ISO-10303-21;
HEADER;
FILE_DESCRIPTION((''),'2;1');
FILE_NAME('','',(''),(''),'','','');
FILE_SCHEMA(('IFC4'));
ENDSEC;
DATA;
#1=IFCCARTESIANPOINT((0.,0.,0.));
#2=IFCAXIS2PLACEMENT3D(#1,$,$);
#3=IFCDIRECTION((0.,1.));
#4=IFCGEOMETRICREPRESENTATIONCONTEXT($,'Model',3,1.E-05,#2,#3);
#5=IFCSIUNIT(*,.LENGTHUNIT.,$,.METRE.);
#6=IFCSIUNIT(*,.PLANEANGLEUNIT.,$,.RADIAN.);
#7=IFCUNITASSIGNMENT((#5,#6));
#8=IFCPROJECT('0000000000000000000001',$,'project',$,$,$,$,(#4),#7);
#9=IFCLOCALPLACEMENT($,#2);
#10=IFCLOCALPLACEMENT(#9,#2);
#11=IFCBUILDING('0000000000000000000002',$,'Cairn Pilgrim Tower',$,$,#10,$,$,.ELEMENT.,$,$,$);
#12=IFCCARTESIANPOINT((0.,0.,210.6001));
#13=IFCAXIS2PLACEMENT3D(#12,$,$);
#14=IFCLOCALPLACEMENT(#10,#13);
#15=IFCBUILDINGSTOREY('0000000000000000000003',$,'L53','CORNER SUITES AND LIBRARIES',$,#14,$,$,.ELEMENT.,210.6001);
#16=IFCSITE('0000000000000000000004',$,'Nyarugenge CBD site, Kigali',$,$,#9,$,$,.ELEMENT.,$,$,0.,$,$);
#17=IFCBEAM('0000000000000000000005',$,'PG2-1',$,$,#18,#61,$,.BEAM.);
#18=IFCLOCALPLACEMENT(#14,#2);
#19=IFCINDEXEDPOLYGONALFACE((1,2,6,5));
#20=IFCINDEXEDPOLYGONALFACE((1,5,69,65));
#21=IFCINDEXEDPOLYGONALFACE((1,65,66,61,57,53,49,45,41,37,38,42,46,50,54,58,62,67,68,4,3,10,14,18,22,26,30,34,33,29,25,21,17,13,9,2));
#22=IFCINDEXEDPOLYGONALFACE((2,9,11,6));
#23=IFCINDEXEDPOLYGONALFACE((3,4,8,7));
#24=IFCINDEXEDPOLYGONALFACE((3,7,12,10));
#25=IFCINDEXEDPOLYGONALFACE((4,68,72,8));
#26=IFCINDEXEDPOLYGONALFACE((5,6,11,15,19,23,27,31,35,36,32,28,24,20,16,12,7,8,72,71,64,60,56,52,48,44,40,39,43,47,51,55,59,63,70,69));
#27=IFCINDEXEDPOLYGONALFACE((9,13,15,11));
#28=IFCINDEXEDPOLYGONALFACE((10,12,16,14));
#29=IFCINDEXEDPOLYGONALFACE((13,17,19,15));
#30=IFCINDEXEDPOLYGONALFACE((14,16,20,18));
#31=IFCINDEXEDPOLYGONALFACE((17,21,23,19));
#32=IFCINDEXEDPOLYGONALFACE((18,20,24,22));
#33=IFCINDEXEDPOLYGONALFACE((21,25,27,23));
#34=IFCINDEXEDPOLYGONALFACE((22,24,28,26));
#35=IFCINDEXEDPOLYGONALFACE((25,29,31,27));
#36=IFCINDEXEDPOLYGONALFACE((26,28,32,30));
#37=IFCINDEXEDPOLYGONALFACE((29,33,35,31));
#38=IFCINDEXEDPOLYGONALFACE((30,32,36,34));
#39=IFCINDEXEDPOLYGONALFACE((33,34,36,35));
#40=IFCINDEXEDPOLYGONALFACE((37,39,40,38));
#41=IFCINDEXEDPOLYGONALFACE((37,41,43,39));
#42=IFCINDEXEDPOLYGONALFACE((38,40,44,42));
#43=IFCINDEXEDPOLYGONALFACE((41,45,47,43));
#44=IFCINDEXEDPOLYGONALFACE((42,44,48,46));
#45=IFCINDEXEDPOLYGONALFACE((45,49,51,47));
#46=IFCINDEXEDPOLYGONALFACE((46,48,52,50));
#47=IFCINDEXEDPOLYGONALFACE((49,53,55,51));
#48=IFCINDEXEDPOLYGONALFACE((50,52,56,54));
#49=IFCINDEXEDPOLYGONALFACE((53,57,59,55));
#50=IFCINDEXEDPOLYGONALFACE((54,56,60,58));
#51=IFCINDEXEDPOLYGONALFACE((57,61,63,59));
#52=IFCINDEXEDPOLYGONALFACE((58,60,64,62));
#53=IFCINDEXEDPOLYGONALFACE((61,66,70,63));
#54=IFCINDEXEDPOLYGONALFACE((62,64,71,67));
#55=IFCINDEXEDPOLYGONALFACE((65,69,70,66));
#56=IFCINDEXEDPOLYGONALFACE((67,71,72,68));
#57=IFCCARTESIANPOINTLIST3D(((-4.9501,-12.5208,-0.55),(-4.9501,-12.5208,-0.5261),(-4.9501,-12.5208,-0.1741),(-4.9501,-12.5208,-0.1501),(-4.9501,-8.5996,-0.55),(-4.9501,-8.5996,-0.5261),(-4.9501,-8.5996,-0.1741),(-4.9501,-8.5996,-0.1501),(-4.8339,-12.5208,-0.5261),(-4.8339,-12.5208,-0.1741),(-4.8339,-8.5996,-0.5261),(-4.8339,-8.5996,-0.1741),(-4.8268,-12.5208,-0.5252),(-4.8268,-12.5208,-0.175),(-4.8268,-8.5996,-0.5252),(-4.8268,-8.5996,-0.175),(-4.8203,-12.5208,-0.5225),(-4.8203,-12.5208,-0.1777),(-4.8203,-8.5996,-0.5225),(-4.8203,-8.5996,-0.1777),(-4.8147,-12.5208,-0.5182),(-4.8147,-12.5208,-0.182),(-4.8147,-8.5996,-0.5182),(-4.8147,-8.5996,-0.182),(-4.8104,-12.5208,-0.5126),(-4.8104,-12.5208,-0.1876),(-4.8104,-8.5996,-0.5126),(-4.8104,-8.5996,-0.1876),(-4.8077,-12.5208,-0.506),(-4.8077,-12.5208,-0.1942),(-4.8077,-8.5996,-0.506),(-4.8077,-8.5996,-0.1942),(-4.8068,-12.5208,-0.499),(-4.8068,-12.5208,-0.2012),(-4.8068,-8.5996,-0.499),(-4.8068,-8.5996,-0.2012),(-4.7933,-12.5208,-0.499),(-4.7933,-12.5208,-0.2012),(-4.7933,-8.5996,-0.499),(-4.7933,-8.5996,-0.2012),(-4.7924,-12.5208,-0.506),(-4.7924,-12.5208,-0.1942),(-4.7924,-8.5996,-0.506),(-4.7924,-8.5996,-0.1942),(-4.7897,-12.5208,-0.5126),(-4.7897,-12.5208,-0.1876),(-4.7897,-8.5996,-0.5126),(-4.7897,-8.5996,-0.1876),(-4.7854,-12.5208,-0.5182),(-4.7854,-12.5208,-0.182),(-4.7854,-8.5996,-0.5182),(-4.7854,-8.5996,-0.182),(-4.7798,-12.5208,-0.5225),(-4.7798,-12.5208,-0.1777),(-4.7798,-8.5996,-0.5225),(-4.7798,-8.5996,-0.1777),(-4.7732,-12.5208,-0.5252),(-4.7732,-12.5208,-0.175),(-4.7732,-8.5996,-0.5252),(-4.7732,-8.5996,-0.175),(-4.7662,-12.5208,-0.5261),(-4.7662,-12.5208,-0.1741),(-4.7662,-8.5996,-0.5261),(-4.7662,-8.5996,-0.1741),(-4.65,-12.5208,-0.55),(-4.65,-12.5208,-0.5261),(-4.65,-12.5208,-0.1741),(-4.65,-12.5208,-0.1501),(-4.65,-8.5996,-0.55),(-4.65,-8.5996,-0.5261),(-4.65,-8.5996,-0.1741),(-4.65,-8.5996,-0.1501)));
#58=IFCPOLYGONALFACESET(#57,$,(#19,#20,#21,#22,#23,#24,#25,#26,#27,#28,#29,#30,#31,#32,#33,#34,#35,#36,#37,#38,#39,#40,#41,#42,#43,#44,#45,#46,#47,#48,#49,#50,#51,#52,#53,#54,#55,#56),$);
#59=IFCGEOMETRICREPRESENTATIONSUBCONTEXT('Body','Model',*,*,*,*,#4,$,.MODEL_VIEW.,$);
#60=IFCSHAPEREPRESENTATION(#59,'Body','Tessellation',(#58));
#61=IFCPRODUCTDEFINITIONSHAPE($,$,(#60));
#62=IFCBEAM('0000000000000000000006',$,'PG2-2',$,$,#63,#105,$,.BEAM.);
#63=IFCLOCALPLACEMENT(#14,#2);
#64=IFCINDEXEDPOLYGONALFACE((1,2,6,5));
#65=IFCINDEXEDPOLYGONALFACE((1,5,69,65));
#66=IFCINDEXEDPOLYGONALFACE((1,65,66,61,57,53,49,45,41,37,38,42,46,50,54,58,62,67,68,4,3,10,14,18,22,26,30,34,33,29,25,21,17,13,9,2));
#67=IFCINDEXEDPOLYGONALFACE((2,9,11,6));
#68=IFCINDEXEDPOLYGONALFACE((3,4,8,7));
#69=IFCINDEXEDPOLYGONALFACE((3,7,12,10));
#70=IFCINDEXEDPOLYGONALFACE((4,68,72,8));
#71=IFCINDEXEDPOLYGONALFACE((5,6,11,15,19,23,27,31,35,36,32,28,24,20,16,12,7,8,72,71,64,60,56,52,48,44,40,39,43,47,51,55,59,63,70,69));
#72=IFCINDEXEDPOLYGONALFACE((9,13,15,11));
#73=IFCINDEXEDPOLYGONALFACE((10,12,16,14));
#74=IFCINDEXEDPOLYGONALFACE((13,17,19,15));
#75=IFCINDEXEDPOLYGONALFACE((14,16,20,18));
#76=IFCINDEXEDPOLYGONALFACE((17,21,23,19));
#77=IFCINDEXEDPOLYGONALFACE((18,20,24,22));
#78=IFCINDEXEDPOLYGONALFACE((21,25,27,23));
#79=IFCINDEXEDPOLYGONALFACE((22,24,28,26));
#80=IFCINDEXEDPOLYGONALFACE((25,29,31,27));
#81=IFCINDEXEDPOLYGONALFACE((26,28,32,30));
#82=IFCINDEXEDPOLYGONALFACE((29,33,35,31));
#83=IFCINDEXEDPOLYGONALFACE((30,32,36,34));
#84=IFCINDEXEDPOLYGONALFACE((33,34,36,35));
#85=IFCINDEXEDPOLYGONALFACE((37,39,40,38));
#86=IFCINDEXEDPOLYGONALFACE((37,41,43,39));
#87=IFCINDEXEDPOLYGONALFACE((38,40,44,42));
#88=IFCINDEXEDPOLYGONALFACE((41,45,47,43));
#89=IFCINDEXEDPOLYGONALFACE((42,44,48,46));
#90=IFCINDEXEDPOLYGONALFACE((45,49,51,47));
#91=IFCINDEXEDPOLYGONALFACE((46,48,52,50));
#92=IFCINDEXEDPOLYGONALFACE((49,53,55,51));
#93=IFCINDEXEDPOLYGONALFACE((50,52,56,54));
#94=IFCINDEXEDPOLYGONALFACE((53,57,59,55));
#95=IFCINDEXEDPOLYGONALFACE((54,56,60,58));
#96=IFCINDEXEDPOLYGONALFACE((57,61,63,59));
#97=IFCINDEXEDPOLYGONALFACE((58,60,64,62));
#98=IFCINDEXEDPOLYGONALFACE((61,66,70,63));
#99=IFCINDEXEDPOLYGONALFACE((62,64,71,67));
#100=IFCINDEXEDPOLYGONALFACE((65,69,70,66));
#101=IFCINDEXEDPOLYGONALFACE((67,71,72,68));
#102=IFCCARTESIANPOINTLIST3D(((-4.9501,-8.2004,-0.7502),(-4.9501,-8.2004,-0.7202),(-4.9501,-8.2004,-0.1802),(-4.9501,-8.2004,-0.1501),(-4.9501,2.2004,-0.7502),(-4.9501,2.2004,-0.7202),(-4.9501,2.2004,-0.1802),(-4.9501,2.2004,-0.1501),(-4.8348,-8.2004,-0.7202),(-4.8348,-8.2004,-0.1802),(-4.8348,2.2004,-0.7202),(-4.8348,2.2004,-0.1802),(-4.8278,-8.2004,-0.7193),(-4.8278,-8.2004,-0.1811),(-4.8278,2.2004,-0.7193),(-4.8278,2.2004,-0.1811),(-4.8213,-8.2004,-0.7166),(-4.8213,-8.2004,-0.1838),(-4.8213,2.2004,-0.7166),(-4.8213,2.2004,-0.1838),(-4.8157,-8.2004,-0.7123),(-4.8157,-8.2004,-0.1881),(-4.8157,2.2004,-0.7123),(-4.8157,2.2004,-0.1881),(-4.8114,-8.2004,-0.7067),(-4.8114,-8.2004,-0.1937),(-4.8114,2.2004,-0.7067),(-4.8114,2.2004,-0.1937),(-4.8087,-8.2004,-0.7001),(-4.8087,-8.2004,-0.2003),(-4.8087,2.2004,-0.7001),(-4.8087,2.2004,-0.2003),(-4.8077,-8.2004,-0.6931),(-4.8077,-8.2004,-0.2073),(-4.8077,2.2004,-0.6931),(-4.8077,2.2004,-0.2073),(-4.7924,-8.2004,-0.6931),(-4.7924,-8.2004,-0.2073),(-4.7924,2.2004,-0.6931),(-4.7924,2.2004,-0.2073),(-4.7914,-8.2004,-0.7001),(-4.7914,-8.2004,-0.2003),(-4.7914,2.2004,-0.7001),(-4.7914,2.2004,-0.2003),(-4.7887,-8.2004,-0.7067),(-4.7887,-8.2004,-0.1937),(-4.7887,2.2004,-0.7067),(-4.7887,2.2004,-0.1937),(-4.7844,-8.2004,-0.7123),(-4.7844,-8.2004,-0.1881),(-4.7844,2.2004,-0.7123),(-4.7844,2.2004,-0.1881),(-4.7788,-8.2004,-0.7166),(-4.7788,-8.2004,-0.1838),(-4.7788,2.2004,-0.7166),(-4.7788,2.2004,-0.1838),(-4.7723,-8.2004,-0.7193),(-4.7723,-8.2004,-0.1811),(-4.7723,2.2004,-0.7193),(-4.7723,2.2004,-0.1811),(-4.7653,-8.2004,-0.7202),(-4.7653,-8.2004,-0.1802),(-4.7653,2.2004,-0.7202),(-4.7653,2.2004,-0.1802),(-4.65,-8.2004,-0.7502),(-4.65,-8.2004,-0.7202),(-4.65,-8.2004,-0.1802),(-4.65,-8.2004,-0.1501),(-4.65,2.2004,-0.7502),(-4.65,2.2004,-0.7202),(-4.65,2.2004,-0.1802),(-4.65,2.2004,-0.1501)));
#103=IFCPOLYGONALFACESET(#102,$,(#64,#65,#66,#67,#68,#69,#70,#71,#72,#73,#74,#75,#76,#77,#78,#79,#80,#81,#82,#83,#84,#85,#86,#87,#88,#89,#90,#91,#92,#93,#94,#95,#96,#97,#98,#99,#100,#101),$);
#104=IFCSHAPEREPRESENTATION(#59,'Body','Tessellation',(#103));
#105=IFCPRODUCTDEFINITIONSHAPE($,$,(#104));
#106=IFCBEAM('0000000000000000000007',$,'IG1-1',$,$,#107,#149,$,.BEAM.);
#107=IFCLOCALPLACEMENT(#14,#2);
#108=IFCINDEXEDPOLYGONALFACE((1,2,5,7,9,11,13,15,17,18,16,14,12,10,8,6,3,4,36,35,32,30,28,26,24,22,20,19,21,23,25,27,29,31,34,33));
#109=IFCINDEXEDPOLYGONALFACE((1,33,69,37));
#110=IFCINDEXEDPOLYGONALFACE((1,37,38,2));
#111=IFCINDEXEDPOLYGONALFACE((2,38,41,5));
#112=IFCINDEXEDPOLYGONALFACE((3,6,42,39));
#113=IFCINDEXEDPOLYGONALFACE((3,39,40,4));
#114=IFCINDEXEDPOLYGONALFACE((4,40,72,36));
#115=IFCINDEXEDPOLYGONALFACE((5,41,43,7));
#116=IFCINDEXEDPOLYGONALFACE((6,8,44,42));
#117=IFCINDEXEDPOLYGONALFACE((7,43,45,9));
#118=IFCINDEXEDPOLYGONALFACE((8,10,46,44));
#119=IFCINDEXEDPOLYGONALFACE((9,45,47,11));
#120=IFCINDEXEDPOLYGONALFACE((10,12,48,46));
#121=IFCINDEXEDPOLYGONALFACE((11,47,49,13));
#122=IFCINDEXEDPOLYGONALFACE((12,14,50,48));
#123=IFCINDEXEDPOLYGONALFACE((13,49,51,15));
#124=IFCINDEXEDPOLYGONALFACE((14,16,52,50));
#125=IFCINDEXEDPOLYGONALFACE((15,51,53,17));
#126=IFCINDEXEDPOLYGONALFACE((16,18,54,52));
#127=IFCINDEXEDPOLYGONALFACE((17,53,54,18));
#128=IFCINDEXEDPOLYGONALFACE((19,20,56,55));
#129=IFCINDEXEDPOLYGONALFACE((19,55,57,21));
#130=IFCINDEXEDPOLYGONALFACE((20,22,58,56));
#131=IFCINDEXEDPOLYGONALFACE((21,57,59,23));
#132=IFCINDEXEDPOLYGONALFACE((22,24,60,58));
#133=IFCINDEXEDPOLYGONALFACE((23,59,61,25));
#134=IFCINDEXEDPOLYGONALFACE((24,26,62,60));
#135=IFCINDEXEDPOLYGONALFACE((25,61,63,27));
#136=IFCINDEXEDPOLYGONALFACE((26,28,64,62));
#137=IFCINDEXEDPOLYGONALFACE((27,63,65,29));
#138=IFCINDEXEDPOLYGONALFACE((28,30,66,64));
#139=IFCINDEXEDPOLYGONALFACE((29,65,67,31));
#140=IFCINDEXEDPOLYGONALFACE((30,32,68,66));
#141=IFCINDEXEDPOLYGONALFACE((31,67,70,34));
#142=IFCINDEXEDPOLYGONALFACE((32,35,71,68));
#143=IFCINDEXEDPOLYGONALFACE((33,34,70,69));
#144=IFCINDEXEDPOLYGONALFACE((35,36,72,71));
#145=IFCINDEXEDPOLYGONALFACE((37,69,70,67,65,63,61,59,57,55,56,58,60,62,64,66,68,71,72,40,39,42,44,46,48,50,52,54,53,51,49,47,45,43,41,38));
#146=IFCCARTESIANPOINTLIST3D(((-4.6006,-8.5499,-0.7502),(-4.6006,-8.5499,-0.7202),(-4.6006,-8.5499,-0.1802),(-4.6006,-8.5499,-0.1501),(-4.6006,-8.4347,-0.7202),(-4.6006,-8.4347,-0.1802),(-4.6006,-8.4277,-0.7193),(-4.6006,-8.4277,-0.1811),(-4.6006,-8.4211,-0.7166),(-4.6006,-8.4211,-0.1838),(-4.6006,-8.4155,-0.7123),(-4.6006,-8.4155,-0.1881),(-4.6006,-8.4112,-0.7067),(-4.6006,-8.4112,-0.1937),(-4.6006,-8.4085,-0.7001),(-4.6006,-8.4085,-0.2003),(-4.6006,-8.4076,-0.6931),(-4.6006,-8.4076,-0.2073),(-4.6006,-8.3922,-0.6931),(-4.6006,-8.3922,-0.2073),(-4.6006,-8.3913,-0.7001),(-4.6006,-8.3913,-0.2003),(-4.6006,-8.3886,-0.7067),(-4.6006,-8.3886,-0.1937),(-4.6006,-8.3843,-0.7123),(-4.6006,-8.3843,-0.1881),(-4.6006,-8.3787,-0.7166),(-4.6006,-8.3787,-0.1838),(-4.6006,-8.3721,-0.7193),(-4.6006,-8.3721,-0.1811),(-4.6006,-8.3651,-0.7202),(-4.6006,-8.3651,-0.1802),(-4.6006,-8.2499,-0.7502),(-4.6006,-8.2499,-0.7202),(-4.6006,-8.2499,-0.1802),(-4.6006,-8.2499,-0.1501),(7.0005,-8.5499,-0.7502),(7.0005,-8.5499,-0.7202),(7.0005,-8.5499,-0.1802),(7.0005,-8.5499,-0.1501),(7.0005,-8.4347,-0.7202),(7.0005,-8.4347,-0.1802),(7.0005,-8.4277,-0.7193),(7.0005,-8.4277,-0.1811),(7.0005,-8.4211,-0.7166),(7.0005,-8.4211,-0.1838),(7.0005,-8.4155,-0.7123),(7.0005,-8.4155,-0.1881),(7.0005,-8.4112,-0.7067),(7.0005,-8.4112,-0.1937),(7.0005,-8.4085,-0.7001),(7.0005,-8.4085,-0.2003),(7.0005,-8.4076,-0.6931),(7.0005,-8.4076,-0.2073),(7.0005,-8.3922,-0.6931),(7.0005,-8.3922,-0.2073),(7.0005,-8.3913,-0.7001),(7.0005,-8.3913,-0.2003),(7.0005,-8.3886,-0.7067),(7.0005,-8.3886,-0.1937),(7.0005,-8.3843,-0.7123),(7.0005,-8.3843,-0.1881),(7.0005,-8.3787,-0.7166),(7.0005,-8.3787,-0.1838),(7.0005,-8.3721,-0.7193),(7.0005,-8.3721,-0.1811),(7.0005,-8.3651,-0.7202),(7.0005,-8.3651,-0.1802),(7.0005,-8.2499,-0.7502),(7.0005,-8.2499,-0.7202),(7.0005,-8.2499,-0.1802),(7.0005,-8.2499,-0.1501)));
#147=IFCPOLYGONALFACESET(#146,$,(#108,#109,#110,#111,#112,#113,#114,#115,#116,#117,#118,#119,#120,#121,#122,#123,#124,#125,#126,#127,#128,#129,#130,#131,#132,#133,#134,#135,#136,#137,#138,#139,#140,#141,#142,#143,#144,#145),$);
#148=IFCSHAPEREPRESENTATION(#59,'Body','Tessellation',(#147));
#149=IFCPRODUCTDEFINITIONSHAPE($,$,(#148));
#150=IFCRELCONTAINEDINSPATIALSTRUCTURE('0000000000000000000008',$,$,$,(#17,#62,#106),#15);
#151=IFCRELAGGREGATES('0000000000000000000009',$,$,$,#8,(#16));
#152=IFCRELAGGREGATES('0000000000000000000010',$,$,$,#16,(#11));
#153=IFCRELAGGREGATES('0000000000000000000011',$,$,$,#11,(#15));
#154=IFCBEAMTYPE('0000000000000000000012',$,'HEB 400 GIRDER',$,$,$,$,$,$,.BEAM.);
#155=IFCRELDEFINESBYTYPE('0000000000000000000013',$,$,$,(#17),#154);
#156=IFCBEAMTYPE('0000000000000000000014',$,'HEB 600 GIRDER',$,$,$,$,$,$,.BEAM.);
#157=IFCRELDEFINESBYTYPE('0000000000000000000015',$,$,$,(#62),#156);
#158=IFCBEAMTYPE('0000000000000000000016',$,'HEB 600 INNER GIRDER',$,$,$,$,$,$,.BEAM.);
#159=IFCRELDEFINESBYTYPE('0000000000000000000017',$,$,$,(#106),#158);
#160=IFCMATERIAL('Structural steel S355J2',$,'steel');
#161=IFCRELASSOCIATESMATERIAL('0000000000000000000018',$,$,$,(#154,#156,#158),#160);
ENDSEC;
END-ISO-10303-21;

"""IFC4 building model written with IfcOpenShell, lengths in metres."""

from ifc_helpers import new_model, si_unit, direction, frame, origin, origin_2d, place, context, subcontext, project, spatial, i_section, extrude, material, material_profile, profile_set, type_object, element, save


model = new_model("IFC4")

# Units and contexts
model_context = context("Model", 3, precision=1e-05, world=origin(), true_north=direction((0.0, 1.0)))
body_context = subcontext(model_context, "Body", "Model", "MODEL_VIEW")
ifc_project = project(units=[si_unit("LENGTHUNIT", "METRE"), si_unit("PLANEANGLEUNIT", "RADIAN")], contexts=[model_context])

# Site, building, storey
site_placement = place(None, origin())
site = spatial("IfcSite", under=ifc_project, at=site_placement, Name="Nyarugenge CBD site, Kigali", CompositionType="ELEMENT", RefElevation=0.0)
building_placement = place(site_placement, origin())
building = spatial("IfcBuilding", under=site, at=building_placement, Name="Cairn Pilgrim Tower", CompositionType="ELEMENT")
storey_placement = place(building_placement, frame((0.0, 0.0, 210.6001)))
storey = spatial("IfcBuildingStorey", under=building, at=storey_placement, Name="L53", Description="CORNER SUITES AND LIBRARIES", CompositionType="ELEMENT", Elevation=210.6001)

# Shared definitions
ifc_material_1 = material(Name="Structural steel S355J2", Category="steel")

# Beams
ifc_material_profile_1 = material_profile(ifc_material_1, i_section(OverallWidth=0.3, OverallDepth=0.3999, WebThickness=0.0134, FlangeThickness=0.0239, FilletRadius=0.0271, at=origin_2d()), Name="HEB 400")
ifc_profile_set_1 = profile_set([ifc_material_profile_1], Name="Structural steel S355J2")
beam_type_1 = type_object("IfcBeamType", Name="HEB 400 GIRDER", PredefinedType="BEAM", material=ifc_profile_set_1)
beam_1_placement = place(storey_placement, frame((-4.8, -12.5208, -0.3501), z_axis=(0.0, 1.0, 0.0), x_axis=(-1.0, 0.0, 0.0)))
element("IfcBeam", 1, at=beam_1_placement, inside=storey, type_object=beam_type_1, Name="PG2-1", PredefinedType="BEAM", context=body_context, shape_type="SweptSolid", body=[
    extrude(i_section(OverallWidth=0.3, OverallDepth=0.3999, WebThickness=0.0134, FlangeThickness=0.0239, FilletRadius=0.0271, at=origin_2d()), origin(), (0.0, 0.0, 1.0), 3.9211),
])
ifc_material_profile_2 = material_profile(ifc_material_1, i_section(OverallWidth=0.3, OverallDepth=0.6001, WebThickness=0.0154, FlangeThickness=0.03, FilletRadius=0.0271, at=origin_2d()), Name="HEB 600")
ifc_profile_set_2 = profile_set([ifc_material_profile_2], Name="Structural steel S355J2")
beam_type_2 = type_object("IfcBeamType", Name="HEB 600 GIRDER", PredefinedType="BEAM", material=ifc_profile_set_2)
beam_2_placement = place(storey_placement, frame((-4.8, -8.2004, -0.4502), z_axis=(0.0, 1.0, 0.0), x_axis=(-1.0, 0.0, 0.0)))
element("IfcBeam", 2, at=beam_2_placement, inside=storey, type_object=beam_type_2, Name="PG2-2", PredefinedType="BEAM", context=body_context, shape_type="SweptSolid", body=[
    extrude(i_section(OverallWidth=0.3, OverallDepth=0.6001, WebThickness=0.0154, FlangeThickness=0.03, FilletRadius=0.0271, at=origin_2d()), origin(), (0.0, 0.0, 1.0), 10.4009),
])
ifc_material_profile_3 = material_profile(ifc_material_1, i_section(OverallWidth=0.3, OverallDepth=0.6001, WebThickness=0.0154, FlangeThickness=0.03, FilletRadius=0.0271, at=origin_2d()), Name="HEB 600")
ifc_profile_set_3 = profile_set([ifc_material_profile_3], Name="Structural steel S355J2")
beam_type_3 = type_object("IfcBeamType", Name="HEB 600 INNER GIRDER", PredefinedType="BEAM", material=ifc_profile_set_3)
beam_3_placement = place(storey_placement, frame((-4.6006, -8.3999, -0.4502), z_axis=(1.0, 0.0, 0.0), x_axis=(0.0, 1.0, 0.0)))
element("IfcBeam", 3, at=beam_3_placement, inside=storey, type_object=beam_type_3, Name="IG1-1", PredefinedType="BEAM", context=body_context, shape_type="SweptSolid", body=[
    extrude(i_section(OverallWidth=0.3, OverallDepth=0.6001, WebThickness=0.0154, FlangeThickness=0.03, FilletRadius=0.0271, at=origin_2d()), origin(), (0.0, 0.0, 1.0), 11.6011),
])

save(model, "model.ifc")
